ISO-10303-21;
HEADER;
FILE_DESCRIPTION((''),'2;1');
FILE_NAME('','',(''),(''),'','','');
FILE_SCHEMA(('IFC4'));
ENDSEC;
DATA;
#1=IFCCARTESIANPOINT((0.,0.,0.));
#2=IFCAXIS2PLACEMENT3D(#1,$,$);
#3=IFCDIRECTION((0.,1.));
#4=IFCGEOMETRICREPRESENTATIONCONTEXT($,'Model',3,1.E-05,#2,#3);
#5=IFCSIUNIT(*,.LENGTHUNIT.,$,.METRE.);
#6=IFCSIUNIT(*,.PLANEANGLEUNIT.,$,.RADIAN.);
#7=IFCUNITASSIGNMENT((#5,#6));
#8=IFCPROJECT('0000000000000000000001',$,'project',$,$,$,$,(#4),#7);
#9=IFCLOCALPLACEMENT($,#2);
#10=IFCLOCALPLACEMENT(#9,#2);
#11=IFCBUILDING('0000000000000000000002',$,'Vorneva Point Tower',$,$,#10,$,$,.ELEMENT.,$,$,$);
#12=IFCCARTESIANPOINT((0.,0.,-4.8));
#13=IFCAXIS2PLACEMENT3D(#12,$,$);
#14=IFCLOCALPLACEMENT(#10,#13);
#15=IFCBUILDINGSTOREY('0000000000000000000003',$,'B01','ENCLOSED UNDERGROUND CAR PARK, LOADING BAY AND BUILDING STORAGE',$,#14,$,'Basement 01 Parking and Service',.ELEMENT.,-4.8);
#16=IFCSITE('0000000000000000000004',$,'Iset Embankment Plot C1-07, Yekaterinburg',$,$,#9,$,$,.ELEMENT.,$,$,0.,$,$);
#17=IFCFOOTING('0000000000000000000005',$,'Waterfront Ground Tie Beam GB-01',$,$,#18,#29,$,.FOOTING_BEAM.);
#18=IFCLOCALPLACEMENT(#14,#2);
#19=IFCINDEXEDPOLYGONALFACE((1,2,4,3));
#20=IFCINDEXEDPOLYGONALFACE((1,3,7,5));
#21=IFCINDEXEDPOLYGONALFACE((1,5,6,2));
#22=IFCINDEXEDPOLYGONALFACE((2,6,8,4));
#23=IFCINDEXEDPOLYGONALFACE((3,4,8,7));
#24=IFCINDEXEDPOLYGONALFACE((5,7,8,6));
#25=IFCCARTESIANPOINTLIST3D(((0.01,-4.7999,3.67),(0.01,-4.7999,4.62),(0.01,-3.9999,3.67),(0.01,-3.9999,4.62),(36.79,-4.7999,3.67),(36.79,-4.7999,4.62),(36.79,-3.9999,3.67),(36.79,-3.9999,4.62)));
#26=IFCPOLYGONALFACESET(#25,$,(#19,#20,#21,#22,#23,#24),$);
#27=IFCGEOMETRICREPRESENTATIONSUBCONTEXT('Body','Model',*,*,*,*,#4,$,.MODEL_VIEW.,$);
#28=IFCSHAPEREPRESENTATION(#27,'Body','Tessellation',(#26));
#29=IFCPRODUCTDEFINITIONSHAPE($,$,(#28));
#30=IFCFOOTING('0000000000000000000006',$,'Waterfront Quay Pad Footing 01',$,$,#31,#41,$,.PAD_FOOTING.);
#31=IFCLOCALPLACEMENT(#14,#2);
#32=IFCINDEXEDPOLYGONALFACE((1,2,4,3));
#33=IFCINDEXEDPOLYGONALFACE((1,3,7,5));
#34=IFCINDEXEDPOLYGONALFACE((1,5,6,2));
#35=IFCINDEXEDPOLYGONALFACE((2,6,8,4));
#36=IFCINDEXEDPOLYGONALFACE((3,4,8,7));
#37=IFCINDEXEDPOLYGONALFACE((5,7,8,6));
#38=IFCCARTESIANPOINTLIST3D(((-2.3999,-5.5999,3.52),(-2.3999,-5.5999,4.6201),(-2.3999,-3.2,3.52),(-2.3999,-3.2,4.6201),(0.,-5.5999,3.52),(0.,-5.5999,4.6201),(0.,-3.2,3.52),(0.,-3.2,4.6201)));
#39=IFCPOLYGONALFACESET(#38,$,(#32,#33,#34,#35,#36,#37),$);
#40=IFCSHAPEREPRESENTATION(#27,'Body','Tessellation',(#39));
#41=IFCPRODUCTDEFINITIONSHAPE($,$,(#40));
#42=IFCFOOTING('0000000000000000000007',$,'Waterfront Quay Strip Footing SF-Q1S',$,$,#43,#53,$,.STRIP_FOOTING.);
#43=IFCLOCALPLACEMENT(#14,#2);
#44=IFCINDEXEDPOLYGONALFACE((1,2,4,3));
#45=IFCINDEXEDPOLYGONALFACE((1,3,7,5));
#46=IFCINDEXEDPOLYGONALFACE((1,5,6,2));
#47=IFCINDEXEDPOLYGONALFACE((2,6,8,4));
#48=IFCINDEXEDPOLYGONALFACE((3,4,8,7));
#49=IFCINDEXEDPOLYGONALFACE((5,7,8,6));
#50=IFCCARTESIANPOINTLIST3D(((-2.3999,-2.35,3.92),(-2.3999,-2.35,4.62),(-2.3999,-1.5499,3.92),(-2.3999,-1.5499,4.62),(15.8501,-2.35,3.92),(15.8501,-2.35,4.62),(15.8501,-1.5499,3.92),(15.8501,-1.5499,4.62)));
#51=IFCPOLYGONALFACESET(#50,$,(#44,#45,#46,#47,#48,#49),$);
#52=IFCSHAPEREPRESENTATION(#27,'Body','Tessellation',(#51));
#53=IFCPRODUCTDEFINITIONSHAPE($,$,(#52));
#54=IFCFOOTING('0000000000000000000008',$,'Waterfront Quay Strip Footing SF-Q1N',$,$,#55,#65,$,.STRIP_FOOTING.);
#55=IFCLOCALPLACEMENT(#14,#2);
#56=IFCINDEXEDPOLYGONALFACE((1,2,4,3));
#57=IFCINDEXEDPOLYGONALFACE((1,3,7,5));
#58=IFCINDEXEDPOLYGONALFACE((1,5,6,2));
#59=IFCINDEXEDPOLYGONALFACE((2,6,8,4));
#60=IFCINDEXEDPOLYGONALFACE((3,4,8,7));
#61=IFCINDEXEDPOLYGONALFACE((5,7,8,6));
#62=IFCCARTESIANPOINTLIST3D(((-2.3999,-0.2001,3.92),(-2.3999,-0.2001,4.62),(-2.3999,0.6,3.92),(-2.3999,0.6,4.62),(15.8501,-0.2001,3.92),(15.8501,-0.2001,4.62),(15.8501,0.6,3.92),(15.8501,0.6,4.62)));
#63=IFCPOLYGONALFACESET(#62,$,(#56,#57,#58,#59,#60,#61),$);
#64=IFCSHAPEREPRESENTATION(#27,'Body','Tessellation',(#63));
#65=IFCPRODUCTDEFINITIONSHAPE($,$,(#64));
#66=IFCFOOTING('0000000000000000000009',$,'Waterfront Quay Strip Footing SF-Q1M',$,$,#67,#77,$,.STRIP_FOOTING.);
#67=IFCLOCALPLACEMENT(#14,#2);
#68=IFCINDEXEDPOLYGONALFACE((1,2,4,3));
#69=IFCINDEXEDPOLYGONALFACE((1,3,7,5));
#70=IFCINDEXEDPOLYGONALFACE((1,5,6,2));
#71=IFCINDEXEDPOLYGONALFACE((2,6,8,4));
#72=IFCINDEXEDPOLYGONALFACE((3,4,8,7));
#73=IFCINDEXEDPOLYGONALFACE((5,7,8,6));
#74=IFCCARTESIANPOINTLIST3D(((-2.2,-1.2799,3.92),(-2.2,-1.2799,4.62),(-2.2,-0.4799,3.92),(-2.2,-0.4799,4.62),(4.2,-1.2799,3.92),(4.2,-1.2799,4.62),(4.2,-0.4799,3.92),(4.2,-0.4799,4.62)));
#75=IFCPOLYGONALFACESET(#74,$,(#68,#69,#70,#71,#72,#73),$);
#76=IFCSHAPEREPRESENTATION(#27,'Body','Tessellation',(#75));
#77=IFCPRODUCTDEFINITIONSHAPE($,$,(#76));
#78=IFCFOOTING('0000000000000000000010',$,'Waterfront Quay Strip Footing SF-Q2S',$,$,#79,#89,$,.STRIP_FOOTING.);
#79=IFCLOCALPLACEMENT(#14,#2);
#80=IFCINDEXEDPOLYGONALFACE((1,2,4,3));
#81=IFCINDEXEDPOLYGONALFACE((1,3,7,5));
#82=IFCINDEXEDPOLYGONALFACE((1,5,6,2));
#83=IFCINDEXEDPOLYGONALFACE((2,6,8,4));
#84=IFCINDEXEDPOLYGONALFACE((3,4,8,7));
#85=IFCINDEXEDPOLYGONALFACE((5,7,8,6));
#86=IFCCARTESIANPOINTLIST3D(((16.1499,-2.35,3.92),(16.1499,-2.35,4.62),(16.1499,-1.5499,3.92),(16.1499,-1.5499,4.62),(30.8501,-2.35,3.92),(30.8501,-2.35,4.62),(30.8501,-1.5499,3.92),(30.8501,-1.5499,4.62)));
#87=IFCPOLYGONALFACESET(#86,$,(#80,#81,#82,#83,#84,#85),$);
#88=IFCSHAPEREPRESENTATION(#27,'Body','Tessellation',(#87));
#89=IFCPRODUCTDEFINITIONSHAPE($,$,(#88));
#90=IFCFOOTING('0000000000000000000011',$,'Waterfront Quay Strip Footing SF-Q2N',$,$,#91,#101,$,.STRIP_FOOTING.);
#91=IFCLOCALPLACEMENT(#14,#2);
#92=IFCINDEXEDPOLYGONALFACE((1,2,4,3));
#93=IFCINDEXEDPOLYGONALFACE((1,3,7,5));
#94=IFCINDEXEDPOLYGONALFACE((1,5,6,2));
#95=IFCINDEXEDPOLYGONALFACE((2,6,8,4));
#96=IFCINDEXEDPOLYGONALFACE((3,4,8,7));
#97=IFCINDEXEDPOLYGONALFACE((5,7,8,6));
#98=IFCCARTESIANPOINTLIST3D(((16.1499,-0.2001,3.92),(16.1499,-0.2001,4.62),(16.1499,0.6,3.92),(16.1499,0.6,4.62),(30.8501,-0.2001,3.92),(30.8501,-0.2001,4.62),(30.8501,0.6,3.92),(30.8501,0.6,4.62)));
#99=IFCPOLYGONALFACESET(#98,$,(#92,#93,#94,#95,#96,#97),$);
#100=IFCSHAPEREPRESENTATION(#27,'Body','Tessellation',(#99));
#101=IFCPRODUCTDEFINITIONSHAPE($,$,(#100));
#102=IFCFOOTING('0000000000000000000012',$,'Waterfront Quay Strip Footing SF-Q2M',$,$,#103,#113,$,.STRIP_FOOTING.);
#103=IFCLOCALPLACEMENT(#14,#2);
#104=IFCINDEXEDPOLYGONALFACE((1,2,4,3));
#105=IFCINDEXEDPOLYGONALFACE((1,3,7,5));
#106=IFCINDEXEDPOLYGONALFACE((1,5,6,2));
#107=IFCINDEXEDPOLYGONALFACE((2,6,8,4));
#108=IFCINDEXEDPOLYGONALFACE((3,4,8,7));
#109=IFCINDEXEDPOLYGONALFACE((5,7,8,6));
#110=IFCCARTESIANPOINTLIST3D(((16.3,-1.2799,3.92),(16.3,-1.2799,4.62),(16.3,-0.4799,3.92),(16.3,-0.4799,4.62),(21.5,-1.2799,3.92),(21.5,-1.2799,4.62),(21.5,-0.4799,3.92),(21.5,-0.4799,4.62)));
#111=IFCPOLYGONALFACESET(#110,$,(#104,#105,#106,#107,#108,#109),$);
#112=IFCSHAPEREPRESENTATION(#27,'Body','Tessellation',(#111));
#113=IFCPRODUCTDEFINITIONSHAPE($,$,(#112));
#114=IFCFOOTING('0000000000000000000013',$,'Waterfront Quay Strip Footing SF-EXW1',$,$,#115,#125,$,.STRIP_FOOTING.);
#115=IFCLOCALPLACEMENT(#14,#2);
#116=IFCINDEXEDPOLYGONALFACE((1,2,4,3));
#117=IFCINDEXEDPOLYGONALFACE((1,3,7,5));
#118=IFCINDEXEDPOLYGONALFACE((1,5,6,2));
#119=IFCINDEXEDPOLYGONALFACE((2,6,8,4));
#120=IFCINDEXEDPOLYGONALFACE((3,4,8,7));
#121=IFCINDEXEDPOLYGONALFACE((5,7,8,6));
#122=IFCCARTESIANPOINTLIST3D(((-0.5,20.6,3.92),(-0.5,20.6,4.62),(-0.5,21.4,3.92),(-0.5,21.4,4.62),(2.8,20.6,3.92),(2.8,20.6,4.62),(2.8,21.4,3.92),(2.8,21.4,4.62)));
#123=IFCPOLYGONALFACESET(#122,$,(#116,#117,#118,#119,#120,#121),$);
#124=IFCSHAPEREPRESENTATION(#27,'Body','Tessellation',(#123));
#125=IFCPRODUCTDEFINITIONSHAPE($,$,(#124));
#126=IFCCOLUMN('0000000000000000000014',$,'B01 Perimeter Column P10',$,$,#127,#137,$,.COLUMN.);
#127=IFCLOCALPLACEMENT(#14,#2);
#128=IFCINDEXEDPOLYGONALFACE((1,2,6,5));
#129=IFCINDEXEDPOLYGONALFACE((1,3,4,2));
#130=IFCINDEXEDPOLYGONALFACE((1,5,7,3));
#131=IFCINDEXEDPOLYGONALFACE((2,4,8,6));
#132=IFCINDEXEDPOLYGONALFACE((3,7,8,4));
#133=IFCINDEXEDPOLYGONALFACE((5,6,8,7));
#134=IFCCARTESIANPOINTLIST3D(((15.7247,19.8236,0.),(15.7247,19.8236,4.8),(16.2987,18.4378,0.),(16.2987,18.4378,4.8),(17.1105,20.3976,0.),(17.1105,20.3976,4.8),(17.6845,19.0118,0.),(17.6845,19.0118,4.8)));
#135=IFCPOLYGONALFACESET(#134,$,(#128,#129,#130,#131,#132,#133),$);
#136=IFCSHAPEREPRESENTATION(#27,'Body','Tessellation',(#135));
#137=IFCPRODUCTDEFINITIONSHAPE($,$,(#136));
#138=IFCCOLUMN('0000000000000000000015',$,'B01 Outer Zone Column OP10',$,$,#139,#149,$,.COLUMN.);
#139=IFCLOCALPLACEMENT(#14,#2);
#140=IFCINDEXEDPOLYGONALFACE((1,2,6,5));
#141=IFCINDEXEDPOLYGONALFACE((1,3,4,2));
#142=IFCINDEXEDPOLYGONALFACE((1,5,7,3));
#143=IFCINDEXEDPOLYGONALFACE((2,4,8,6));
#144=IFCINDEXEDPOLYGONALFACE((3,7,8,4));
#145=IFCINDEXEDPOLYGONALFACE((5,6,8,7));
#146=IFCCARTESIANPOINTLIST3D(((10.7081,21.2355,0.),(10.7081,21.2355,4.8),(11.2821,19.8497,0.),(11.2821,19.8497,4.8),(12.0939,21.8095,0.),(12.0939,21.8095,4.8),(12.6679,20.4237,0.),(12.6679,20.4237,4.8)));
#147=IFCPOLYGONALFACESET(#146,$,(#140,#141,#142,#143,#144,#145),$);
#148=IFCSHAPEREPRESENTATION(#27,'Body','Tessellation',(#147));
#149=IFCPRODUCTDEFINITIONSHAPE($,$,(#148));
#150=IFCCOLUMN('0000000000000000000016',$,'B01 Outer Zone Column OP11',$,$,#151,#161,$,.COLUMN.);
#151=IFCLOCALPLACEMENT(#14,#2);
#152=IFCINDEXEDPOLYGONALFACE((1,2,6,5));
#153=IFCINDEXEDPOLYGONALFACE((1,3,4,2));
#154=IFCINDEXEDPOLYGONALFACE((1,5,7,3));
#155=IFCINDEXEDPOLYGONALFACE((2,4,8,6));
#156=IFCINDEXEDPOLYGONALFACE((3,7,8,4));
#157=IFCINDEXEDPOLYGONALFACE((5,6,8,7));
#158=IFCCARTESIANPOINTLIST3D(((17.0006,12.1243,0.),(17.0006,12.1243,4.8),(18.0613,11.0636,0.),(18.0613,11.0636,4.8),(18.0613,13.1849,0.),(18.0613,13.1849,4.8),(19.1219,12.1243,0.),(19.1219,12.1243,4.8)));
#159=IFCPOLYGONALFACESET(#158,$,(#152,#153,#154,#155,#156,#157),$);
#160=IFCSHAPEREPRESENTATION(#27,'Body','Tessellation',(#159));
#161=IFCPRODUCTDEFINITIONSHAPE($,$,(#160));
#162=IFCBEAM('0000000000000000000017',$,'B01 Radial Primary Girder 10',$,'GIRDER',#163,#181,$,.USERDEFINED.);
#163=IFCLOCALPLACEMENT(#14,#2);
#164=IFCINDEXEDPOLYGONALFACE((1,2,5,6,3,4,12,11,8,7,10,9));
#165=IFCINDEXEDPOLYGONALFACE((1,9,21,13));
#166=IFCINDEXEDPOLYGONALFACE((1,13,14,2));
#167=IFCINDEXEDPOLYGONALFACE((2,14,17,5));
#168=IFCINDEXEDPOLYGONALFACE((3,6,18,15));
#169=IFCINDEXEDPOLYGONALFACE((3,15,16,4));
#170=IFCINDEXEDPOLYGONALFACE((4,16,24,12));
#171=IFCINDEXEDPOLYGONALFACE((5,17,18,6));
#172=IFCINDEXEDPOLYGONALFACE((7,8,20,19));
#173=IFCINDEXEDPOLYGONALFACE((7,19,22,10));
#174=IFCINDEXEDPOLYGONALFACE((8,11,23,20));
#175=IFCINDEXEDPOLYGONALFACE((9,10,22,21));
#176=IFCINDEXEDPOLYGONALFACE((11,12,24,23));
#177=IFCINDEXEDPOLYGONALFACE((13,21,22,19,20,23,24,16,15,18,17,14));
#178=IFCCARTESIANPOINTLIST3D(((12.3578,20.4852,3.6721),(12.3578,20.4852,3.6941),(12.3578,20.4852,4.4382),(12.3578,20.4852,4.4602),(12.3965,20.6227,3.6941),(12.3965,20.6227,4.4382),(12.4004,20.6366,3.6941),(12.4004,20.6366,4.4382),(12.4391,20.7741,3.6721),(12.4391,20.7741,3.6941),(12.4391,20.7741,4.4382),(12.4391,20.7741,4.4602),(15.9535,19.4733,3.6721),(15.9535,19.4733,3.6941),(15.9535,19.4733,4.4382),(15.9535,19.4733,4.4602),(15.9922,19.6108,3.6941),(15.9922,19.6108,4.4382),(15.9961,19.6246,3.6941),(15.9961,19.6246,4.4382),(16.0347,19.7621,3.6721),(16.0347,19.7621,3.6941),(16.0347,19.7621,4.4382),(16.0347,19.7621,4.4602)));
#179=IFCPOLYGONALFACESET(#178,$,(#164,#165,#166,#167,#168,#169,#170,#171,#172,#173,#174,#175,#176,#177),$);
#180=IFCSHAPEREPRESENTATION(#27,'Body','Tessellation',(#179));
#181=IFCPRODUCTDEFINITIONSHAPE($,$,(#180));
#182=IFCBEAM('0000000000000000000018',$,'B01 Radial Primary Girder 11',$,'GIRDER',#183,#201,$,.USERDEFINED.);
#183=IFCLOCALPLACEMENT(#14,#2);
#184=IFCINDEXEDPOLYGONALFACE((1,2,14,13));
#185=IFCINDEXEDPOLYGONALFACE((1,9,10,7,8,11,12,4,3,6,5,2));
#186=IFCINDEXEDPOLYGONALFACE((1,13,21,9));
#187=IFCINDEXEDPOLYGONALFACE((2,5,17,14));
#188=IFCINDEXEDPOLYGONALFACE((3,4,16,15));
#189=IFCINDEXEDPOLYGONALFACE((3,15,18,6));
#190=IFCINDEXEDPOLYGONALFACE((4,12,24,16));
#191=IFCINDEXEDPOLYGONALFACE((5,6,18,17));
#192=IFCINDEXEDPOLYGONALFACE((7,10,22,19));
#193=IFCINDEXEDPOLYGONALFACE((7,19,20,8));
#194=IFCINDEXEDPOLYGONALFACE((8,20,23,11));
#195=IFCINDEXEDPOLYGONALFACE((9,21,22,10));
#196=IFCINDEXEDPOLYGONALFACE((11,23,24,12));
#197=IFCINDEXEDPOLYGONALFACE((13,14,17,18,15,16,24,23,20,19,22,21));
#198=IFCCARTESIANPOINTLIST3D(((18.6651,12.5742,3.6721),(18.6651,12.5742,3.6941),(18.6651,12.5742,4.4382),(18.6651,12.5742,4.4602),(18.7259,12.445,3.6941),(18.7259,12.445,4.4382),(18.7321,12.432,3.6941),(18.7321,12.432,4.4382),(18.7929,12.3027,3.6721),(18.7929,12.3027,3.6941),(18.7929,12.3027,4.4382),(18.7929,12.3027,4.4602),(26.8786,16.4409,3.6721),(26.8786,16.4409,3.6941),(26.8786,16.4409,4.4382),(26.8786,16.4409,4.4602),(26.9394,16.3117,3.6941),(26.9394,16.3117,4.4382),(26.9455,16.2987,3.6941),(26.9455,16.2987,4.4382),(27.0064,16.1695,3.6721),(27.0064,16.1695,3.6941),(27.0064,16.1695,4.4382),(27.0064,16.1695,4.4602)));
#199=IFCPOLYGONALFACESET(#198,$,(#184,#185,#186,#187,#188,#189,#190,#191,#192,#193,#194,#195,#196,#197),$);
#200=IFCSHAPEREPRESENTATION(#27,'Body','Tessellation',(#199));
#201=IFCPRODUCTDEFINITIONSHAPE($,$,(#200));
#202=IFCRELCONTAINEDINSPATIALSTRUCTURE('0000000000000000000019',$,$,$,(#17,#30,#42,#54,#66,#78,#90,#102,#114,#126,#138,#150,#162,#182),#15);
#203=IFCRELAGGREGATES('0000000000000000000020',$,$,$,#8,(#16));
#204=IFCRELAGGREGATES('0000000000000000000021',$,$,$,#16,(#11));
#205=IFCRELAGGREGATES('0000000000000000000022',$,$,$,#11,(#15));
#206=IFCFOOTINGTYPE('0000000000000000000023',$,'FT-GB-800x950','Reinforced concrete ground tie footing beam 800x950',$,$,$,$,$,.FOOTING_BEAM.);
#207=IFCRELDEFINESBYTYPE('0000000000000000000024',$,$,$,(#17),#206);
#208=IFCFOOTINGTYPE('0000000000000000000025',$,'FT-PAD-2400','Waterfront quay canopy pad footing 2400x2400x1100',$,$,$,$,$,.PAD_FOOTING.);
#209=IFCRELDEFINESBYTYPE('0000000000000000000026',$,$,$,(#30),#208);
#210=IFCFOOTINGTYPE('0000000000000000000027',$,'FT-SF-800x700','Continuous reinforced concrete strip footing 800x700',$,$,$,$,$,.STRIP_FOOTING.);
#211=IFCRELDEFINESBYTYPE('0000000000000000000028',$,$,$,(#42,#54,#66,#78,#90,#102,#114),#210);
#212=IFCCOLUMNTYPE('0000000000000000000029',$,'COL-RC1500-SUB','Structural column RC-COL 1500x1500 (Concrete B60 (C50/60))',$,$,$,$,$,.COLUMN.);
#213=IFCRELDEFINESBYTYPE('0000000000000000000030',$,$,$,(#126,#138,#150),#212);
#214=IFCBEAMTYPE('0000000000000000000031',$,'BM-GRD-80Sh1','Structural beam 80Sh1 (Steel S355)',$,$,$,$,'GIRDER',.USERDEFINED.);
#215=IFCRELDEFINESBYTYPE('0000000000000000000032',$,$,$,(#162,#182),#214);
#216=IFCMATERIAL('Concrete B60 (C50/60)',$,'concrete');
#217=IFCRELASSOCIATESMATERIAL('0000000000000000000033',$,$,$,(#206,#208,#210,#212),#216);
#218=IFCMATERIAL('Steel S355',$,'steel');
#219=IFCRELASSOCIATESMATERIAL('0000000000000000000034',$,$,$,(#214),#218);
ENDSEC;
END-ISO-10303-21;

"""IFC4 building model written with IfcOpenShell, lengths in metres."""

from ifc_helpers import new_model, si_unit, direction, frame, origin, origin_2d, place, context, subcontext, project, spatial, rectangle, i_section, extrude, material, material_profile, profile_set, type_object, element, save


model = new_model("IFC4")

# Units and contexts
model_context = context("Model", 3, precision=1e-05, world=origin(), true_north=direction((0.0, 1.0)))
body_context = subcontext(model_context, "Body", "Model", "MODEL_VIEW")
ifc_project = project(units=[si_unit("LENGTHUNIT", "METRE"), si_unit("PLANEANGLEUNIT", "RADIAN")], contexts=[model_context])

# Site, building, storey
site_placement = place(None, origin())
site = spatial("IfcSite", under=ifc_project, at=site_placement, Name="Iset Embankment Plot C1-07, Yekaterinburg", CompositionType="ELEMENT", RefElevation=0.0)
building_placement = place(site_placement, origin())
building = spatial("IfcBuilding", under=site, at=building_placement, Name="Vorneva Point Tower", CompositionType="ELEMENT")
storey_placement = place(building_placement, frame((0.0, 0.0, -4.8)))
storey = spatial("IfcBuildingStorey", under=building, at=storey_placement, Name="B01", Description="ENCLOSED UNDERGROUND CAR PARK, LOADING BAY AND BUILDING STORAGE", LongName="Basement 01 Parking and Service", CompositionType="ELEMENT", Elevation=-4.8)

# Footings
ifc_material_1 = material(Name="Concrete B60 (C50/60)", Category="concrete")
ifc_material_profile_1 = material_profile(ifc_material_1, rectangle(XDim=0.8, YDim=0.95, at=origin_2d()), Name="GB 800x950")
ifc_profile_set_1 = profile_set([ifc_material_profile_1], Name="Concrete B60 (C50/60)")
footing_type_1 = type_object("IfcFootingType", Name="FT-GB-800x950", Description="Reinforced concrete ground tie footing beam 800x950", PredefinedType="FOOTING_BEAM", material=ifc_profile_set_1)
footing_1_placement = place(storey_placement, frame((0.01, -4.3999, 4.145), z_axis=(1.0, 0.0, 0.0), x_axis=(0.0, 1.0, 0.0)))
element("IfcFooting", 1, at=footing_1_placement, inside=storey, type_object=footing_type_1, Name="Waterfront Ground Tie Beam GB-01", PredefinedType="FOOTING_BEAM", context=body_context, shape_type="SweptSolid", body=[
    extrude(rectangle(XDim=0.8, YDim=0.95, at=origin_2d()), origin(), (0.0, 0.0, 1.0), 36.78),
])
footing_type_2 = type_object("IfcFootingType", Name="FT-PAD-2400", Description="Waterfront quay canopy pad footing 2400x2400x1100", PredefinedType="PAD_FOOTING", material=ifc_material_1)
footing_2_placement = place(storey_placement, frame((-1.2, -4.3999, 3.52), z_axis=(0.0, 0.0, 1.0), x_axis=(1.0, 0.0, 0.0)))
element("IfcFooting", 2, at=footing_2_placement, inside=storey, type_object=footing_type_2, Name="Waterfront Quay Pad Footing 01", PredefinedType="PAD_FOOTING", context=body_context, shape_type="SweptSolid", body=[
    extrude(rectangle(XDim=2.3999, YDim=2.3999, at=origin_2d()), origin(), (0.0, 0.0, 1.0), 1.1001),
])
ifc_material_profile_2 = material_profile(ifc_material_1, rectangle(XDim=0.8, YDim=0.7, at=origin_2d()), Name="SF 800x700")
ifc_profile_set_2 = profile_set([ifc_material_profile_2], Name="Concrete B60 (C50/60)")
footing_type_3 = type_object("IfcFootingType", Name="FT-SF-800x700", Description="Continuous reinforced concrete strip footing 800x700", PredefinedType="STRIP_FOOTING", material=ifc_profile_set_2)
for number, where, z_axis, x_axis, name in (
    (3, (-2.3999, -1.95, 4.27), (1.0, 0.0, 0.0), (0.0, 1.0, 0.0), "Waterfront Quay Strip Footing SF-Q1S"),
    (4, (-2.3999, 0.2, 4.27), (1.0, 0.0, 0.0), (0.0, 1.0, 0.0), "Waterfront Quay Strip Footing SF-Q1N"),
):
    element("IfcFooting", number, at=place(storey_placement, frame(where, z_axis=z_axis, x_axis=x_axis)), inside=storey, type_object=footing_type_3, Name=name, PredefinedType="STRIP_FOOTING", context=body_context, shape_type="SweptSolid", body=[
        extrude(rectangle(XDim=0.8, YDim=0.7, at=origin_2d()), origin(), (0.0, 0.0, 1.0), 18.25),
    ])
footing_3_placement = place(storey_placement, frame((-2.2, -0.8799, 4.27), z_axis=(1.0, 0.0, 0.0), x_axis=(0.0, 1.0, 0.0)))
element("IfcFooting", 5, at=footing_3_placement, inside=storey, type_object=footing_type_3, Name="Waterfront Quay Strip Footing SF-Q1M", PredefinedType="STRIP_FOOTING", context=body_context, shape_type="SweptSolid", body=[
    extrude(rectangle(XDim=0.8, YDim=0.7, at=origin_2d()), origin(), (0.0, 0.0, 1.0), 6.3999),
])
for number, where, z_axis, x_axis, name in (
    (6, (16.1499, -1.95, 4.27), (1.0, 0.0, 0.0), (0.0, 1.0, 0.0), "Waterfront Quay Strip Footing SF-Q2S"),
    (7, (16.1499, 0.2, 4.27), (1.0, 0.0, 0.0), (0.0, 1.0, 0.0), "Waterfront Quay Strip Footing SF-Q2N"),
):
    element("IfcFooting", number, at=place(storey_placement, frame(where, z_axis=z_axis, x_axis=x_axis)), inside=storey, type_object=footing_type_3, Name=name, PredefinedType="STRIP_FOOTING", context=body_context, shape_type="SweptSolid", body=[
        extrude(rectangle(XDim=0.8, YDim=0.7, at=origin_2d()), origin(), (0.0, 0.0, 1.0), 14.7002),
    ])
footing_4_placement = place(storey_placement, frame((16.3, -0.8799, 4.27), z_axis=(1.0, 0.0, 0.0), x_axis=(0.0, 1.0, 0.0)))
element("IfcFooting", 8, at=footing_4_placement, inside=storey, type_object=footing_type_3, Name="Waterfront Quay Strip Footing SF-Q2M", PredefinedType="STRIP_FOOTING", context=body_context, shape_type="SweptSolid", body=[
    extrude(rectangle(XDim=0.8, YDim=0.7, at=origin_2d()), origin(), (0.0, 0.0, 1.0), 5.2),
])
footing_5_placement = place(storey_placement, frame((-0.5, 21.0, 4.27), z_axis=(1.0, 0.0, 0.0), x_axis=(0.0, 1.0, 0.0)))
element("IfcFooting", 9, at=footing_5_placement, inside=storey, type_object=footing_type_3, Name="Waterfront Quay Strip Footing SF-EXW1", PredefinedType="STRIP_FOOTING", context=body_context, shape_type="SweptSolid", body=[
    extrude(rectangle(XDim=0.8, YDim=0.7, at=origin_2d()), origin(), (0.0, 0.0, 1.0), 3.3),
])

# Columns
ifc_material_profile_3 = material_profile(ifc_material_1, rectangle(XDim=1.5, YDim=1.5, at=origin_2d()), Name="RC-COL 1500x1500")
ifc_profile_set_3 = profile_set([ifc_material_profile_3], Name="Concrete B60 (C50/60)")
column_type = type_object("IfcColumnType", Name="COL-RC1500-SUB", Description="Structural column RC-COL 1500x1500 (Concrete B60 (C50/60))", PredefinedType="COLUMN", material=ifc_profile_set_3)
for number, where, z_axis, x_axis, name in (
    (10, (16.7046, 19.4177, 0.0), (0.0, 0.0, 1.0), (-0.92388, -0.382683, 0.0), "B01 Perimeter Column P10"),
    (11, (11.688, 20.8296, 0.0), (0.0, 0.0, 1.0), (-0.92388, -0.382683, 0.0), "B01 Outer Zone Column OP10"),
    (12, (18.0613, 12.1243, 0.0), (0.0, 0.0, 1.0), (-0.707107, -0.707107, 0.0), "B01 Outer Zone Column OP11"),
):
    element("IfcColumn", number, at=place(storey_placement, frame(where, z_axis=z_axis, x_axis=x_axis)), inside=storey, type_object=column_type, Name=name, PredefinedType="COLUMN", context=body_context, shape_type="SweptSolid", body=[
        extrude(rectangle(XDim=1.5, YDim=1.5, at=origin_2d()), origin(), (0.0, 0.0, 1.0), 4.8),
    ])

# Beams
ifc_material_2 = material(Name="Steel S355", Category="steel")
ifc_material_profile_4 = material_profile(ifc_material_2, i_section(OverallWidth=0.3, OverallDepth=0.7881, WebThickness=0.0144, FlangeThickness=0.022, at=origin_2d()), Name="80Sh1")
ifc_profile_set_4 = profile_set([ifc_material_profile_4], Name="Steel S355")
beam_type_1 = type_object("IfcBeamType", Name="BM-GRD-80Sh1", Description="Structural beam 80Sh1 (Steel S355)", ElementType="GIRDER", PredefinedType="USERDEFINED", material=ifc_profile_set_4)
beam_1_placement = place(storey_placement, frame((12.3984, 20.6296, 4.0662), z_axis=(0.962604, -0.270912, 0.0), x_axis=(0.270912, 0.962604, 0.0)))
element("IfcBeam", 13, at=beam_1_placement, inside=storey, type_object=beam_type_1, Name="B01 Radial Primary Girder 10", ObjectType="GIRDER", PredefinedType="USERDEFINED", context=body_context, shape_type="SweptSolid", body=[
    extrude(i_section(OverallWidth=0.3, OverallDepth=0.7881, WebThickness=0.0144, FlangeThickness=0.022, at=origin_2d()), origin(), (0.0, 0.0, 1.0), 3.7354),
])
beam_2_placement = place(storey_placement, frame((18.729, 12.4385, 4.0662), z_axis=(0.904752, 0.425939, 0.0), x_axis=(-0.425939, 0.904752, 0.0)))
element("IfcBeam", 14, at=beam_2_placement, inside=storey, type_object=beam_type_1, Name="B01 Radial Primary Girder 11", ObjectType="GIRDER", PredefinedType="USERDEFINED", context=body_context, shape_type="SweptSolid", body=[
    extrude(i_section(OverallWidth=0.3, OverallDepth=0.7881, WebThickness=0.0144, FlangeThickness=0.022, at=origin_2d()), origin(), (0.0, 0.0, 1.0), 9.0781),
])

save(model, "model.ifc")
